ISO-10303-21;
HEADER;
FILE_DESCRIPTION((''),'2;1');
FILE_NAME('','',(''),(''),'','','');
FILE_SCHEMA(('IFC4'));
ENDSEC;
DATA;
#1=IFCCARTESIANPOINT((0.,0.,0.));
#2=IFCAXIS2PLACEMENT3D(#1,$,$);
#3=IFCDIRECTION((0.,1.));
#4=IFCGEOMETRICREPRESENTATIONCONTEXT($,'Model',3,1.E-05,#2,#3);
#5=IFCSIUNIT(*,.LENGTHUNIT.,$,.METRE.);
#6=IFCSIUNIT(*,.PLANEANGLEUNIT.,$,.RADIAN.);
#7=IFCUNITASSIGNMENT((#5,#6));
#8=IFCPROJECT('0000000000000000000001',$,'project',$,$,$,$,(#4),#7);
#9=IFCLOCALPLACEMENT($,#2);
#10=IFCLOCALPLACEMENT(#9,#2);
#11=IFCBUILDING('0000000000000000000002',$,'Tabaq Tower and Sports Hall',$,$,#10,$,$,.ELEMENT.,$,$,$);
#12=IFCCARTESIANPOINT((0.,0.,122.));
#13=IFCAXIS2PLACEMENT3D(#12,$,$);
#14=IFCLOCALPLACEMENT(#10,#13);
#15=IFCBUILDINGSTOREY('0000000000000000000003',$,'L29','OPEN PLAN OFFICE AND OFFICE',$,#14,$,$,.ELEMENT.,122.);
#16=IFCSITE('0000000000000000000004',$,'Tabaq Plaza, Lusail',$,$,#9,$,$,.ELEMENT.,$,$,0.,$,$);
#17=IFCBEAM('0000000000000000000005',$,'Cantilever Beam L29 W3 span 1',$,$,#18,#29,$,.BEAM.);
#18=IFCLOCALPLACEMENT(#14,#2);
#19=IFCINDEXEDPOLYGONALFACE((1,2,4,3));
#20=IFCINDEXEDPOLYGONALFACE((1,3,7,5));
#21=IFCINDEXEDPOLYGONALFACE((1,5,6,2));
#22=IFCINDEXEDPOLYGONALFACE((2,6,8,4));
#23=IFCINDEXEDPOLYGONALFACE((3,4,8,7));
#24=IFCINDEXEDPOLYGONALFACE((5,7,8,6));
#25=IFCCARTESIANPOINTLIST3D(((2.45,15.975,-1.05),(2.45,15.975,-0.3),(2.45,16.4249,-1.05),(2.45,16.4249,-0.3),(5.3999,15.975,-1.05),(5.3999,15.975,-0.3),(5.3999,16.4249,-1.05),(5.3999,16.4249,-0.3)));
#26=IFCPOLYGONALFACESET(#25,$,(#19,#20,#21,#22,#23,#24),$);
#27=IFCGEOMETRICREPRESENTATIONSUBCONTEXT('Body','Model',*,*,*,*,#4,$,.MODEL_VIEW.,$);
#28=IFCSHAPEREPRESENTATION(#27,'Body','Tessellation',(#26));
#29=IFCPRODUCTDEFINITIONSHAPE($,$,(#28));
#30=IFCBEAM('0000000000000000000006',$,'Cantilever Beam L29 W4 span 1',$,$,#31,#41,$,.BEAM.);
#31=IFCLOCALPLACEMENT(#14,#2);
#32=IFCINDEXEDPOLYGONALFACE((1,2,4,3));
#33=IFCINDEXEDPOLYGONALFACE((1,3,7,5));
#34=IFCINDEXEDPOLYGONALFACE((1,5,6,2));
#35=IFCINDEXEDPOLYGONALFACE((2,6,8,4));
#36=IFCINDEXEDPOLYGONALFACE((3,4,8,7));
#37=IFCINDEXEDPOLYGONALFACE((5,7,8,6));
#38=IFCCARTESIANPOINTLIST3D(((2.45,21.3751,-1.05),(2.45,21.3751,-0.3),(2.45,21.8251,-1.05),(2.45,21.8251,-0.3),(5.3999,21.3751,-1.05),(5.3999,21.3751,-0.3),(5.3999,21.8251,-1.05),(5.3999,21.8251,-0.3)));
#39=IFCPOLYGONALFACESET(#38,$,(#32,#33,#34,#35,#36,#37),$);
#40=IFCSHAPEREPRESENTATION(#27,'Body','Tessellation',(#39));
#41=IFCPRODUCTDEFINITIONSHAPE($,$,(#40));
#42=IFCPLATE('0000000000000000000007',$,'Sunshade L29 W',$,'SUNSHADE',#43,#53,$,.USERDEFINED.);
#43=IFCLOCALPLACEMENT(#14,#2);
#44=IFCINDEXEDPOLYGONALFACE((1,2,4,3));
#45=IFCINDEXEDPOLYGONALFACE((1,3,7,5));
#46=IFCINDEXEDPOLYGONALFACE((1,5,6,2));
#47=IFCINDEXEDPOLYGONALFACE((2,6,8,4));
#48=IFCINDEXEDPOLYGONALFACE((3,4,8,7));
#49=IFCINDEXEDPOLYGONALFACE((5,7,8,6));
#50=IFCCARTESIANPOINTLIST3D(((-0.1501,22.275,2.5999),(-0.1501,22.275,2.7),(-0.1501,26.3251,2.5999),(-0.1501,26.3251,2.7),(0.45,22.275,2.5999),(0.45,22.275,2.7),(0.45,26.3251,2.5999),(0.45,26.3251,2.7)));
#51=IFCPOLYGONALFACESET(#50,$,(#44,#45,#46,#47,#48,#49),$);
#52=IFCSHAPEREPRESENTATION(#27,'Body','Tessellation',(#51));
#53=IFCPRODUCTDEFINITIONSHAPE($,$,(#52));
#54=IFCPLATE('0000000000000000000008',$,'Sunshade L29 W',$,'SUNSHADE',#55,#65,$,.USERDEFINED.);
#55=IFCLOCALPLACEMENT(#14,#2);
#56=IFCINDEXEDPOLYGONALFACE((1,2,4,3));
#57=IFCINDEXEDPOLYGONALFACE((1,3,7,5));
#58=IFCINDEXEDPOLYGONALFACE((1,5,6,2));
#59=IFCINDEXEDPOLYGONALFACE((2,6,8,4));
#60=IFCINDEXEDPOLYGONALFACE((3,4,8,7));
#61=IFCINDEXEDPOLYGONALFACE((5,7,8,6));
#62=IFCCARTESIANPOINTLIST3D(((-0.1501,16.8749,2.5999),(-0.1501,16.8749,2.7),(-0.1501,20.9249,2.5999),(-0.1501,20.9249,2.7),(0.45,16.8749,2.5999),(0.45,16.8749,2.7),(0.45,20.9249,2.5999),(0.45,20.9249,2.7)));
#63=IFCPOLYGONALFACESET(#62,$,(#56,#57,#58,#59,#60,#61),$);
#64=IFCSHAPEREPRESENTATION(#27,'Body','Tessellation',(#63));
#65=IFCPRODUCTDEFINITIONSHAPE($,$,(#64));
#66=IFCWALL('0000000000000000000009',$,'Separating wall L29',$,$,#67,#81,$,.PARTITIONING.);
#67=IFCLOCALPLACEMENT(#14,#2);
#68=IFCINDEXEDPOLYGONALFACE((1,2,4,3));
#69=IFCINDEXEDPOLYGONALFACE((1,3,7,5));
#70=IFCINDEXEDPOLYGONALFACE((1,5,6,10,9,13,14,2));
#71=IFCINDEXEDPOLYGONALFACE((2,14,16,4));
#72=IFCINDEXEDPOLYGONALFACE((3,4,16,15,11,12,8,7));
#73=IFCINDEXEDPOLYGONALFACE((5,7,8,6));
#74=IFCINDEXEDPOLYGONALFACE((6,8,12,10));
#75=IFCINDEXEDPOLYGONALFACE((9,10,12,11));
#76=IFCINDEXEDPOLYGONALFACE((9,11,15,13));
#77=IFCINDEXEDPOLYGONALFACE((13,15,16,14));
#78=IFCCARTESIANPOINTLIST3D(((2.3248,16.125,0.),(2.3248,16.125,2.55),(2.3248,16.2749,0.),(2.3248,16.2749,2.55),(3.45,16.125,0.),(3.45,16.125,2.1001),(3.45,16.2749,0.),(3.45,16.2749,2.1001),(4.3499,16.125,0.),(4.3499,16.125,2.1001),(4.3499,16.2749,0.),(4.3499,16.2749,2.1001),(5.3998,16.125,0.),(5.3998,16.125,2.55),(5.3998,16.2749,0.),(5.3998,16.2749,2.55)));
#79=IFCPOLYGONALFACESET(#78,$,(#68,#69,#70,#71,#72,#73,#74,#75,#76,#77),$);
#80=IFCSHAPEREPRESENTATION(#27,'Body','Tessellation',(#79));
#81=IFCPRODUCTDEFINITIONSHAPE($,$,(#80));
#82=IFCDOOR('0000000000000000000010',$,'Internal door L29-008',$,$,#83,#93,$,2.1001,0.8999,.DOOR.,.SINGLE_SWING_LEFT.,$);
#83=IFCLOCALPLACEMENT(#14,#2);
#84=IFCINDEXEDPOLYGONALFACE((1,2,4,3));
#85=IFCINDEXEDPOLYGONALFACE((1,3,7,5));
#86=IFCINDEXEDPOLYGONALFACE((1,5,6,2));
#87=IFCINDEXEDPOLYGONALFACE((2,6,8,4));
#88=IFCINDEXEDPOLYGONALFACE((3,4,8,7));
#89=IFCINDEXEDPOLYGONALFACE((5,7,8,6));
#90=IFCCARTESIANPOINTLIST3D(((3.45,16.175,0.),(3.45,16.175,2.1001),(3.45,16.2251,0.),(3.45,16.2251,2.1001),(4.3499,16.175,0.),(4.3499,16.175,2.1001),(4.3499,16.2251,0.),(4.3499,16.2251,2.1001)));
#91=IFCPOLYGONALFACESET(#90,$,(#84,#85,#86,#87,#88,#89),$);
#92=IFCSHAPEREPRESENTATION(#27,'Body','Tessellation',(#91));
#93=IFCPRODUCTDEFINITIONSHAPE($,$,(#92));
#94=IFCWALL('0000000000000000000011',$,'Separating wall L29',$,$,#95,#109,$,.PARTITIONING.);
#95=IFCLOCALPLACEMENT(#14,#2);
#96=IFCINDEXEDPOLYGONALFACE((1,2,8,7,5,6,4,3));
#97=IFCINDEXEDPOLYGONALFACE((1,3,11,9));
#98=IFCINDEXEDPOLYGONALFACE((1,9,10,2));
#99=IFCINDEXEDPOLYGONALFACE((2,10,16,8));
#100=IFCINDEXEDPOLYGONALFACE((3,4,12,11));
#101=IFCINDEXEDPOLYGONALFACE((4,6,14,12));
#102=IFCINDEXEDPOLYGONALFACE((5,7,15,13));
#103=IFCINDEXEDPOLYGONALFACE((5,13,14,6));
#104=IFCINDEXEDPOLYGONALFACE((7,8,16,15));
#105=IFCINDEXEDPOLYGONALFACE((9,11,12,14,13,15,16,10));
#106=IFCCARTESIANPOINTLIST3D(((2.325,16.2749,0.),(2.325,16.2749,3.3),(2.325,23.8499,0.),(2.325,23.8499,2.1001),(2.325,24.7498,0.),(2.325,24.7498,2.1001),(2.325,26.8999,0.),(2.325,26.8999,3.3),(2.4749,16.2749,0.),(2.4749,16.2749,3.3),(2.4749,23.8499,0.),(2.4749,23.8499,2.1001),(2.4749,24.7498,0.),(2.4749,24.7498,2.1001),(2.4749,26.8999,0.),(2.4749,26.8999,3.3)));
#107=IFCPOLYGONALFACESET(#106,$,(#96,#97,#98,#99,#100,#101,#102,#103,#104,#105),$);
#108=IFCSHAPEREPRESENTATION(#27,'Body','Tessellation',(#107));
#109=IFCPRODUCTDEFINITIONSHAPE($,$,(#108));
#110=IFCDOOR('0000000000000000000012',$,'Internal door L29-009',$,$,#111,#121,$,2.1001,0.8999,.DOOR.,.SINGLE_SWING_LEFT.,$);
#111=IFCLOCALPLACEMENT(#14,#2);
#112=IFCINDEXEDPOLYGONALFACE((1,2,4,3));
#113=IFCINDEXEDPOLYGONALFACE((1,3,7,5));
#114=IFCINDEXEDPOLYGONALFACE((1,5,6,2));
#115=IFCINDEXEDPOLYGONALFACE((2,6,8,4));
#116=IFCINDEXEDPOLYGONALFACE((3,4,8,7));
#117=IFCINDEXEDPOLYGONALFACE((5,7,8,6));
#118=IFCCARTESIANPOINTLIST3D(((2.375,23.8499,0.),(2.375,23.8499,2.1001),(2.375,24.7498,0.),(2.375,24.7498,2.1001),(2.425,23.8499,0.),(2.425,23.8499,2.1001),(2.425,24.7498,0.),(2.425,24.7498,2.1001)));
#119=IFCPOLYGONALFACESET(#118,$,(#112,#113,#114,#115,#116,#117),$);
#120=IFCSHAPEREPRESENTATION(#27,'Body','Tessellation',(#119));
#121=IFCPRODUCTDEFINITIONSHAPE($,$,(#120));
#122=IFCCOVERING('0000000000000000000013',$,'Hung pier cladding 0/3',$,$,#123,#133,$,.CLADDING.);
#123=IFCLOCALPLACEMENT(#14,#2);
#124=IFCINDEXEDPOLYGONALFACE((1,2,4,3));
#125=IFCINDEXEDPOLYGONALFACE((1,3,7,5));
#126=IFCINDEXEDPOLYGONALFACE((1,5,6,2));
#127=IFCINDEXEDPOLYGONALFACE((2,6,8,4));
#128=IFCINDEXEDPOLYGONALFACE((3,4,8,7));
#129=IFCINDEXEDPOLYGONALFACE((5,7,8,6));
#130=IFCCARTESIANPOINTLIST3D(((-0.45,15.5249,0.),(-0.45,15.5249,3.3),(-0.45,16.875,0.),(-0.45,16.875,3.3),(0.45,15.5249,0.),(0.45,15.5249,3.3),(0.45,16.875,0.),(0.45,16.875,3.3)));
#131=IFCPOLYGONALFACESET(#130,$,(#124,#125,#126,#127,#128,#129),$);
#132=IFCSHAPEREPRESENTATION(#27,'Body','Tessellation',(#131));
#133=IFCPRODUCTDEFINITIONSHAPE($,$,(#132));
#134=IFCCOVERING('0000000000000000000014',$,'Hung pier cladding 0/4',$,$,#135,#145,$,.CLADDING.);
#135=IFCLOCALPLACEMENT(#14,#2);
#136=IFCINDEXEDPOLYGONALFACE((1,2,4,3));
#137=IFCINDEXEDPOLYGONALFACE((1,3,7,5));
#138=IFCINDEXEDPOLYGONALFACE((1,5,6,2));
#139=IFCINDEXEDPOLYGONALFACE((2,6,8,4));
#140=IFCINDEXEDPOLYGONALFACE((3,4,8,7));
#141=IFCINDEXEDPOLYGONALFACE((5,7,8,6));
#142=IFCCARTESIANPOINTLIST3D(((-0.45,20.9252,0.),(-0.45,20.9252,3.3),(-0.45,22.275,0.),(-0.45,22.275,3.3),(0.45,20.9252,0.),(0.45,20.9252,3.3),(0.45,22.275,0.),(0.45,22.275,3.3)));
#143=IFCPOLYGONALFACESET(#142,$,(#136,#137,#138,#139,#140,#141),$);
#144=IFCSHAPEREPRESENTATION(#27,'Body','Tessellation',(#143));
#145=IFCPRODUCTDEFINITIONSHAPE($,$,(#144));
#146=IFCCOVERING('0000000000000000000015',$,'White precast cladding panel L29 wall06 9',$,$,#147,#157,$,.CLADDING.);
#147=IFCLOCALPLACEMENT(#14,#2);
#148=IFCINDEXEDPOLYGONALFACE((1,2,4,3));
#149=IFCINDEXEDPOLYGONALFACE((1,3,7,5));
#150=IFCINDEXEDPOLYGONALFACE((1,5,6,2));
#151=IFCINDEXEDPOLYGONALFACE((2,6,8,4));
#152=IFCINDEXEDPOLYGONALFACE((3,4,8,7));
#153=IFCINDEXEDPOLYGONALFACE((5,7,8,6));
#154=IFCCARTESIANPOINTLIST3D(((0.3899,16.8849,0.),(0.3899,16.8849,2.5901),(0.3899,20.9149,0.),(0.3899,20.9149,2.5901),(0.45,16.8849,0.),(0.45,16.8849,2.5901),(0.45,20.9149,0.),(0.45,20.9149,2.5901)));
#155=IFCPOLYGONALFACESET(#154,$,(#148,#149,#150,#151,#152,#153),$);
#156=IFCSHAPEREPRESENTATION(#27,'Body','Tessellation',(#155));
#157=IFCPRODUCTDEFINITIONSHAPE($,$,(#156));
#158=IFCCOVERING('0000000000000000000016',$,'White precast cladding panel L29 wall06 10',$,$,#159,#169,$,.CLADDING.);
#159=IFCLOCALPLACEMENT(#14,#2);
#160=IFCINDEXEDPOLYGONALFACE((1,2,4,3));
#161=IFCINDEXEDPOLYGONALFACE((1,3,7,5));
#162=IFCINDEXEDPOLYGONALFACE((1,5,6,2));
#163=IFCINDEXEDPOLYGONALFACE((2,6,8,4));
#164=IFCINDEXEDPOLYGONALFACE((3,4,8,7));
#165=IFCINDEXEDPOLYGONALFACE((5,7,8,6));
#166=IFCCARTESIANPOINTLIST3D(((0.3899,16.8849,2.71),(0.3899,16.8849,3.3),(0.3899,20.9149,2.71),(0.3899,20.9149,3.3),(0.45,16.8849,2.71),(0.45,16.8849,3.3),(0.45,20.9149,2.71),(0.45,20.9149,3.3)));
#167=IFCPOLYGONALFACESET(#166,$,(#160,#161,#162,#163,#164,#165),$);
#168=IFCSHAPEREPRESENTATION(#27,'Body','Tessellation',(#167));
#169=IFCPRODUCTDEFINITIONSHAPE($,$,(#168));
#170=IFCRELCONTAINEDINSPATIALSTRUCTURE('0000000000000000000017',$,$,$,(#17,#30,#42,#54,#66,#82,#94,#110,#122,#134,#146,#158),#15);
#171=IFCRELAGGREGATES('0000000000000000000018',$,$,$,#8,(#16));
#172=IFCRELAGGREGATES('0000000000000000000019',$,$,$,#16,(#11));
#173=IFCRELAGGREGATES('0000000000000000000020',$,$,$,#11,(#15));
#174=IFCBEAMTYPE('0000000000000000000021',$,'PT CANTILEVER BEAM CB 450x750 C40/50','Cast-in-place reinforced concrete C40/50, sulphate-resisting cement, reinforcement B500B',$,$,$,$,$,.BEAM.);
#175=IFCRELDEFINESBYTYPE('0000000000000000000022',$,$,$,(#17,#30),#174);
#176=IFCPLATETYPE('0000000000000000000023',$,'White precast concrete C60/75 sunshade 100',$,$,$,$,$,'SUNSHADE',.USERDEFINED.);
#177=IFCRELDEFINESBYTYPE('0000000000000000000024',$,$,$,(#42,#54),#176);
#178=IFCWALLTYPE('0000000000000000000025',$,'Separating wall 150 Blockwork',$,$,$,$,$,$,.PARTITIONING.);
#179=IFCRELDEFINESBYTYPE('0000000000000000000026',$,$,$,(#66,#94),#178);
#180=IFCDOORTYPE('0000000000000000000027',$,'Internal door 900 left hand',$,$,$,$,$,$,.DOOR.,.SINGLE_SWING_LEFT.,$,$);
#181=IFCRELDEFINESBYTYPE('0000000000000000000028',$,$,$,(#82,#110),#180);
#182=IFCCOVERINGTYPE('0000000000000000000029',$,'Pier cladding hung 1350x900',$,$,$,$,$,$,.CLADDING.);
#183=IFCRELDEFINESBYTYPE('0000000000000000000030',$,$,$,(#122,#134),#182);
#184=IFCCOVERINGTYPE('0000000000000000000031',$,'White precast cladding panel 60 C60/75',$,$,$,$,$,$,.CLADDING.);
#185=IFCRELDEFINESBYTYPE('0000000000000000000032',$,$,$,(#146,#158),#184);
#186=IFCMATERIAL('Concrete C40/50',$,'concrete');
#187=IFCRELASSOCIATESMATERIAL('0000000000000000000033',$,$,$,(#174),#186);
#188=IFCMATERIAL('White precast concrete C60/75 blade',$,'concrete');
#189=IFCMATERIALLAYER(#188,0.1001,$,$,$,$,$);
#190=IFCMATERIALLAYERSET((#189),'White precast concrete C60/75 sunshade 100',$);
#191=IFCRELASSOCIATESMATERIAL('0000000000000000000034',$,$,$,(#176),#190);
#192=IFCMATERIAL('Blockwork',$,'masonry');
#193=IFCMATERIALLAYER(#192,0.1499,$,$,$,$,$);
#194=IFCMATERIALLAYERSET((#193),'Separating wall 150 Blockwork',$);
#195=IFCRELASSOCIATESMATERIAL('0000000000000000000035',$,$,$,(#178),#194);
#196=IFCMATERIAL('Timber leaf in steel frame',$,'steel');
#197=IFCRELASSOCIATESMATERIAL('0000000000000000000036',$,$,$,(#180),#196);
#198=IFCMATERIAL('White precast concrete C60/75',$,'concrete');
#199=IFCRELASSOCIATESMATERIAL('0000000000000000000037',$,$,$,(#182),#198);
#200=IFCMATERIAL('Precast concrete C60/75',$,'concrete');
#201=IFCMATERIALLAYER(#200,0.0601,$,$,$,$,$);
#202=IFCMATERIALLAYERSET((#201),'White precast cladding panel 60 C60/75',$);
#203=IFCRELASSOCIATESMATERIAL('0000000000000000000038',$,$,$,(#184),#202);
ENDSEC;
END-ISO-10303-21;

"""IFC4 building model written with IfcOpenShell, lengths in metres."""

from ifc_helpers import new_model, si_unit, direction, frame, frame_2d, origin, origin_2d, place, context, subcontext, project, spatial, rectangle, extrude, material, layer, layer_set, material_profile, profile_set, type_object, element, fill, save


model = new_model("IFC4")

# Units and contexts
model_context = context("Model", 3, precision=1e-05, world=origin(), true_north=direction((0.0, 1.0)))
body_context = subcontext(model_context, "Body", "Model", "MODEL_VIEW")
ifc_project = project(units=[si_unit("LENGTHUNIT", "METRE"), si_unit("PLANEANGLEUNIT", "RADIAN")], contexts=[model_context])

# Site, building, storey
site_placement = place(None, origin())
site = spatial("IfcSite", under=ifc_project, at=site_placement, Name="Tabaq Plaza, Lusail", CompositionType="ELEMENT", RefElevation=0.0)
building_placement = place(site_placement, origin())
building = spatial("IfcBuilding", under=site, at=building_placement, Name="Tabaq Tower and Sports Hall", CompositionType="ELEMENT")
storey_placement = place(building_placement, frame((0.0, 0.0, 122.0)))
storey = spatial("IfcBuildingStorey", under=building, at=storey_placement, Name="L29", Description="OPEN PLAN OFFICE AND OFFICE", CompositionType="ELEMENT", Elevation=122.0)

# Beams
ifc_material_1 = material(Name="Concrete C40/50", Category="concrete")
ifc_material_profile = material_profile(ifc_material_1, rectangle(XDim=0.45, YDim=0.75, at=origin_2d()), Name="CB 450x750")
ifc_profile_set = profile_set([ifc_material_profile], Name="Concrete C40/50")
beam_type = type_object("IfcBeamType", Name="PT CANTILEVER BEAM CB 450x750 C40/50", Description="Cast-in-place reinforced concrete C40/50, sulphate-resisting cement, reinforcement B500B", PredefinedType="BEAM", material=ifc_profile_set)
for number, where, z_axis, x_axis, name in (
    (1, (2.45, 16.2, -0.675), (1.0, 0.0, 0.0), (0.0, 1.0, 0.0), "Cantilever Beam L29 W3 span 1"),
    (2, (2.45, 21.6001, -0.675), (1.0, 0.0, 0.0), (0.0, 1.0, 0.0), "Cantilever Beam L29 W4 span 1"),
):
    element("IfcBeam", number, at=place(storey_placement, frame(where, z_axis=z_axis, x_axis=x_axis)), inside=storey, type_object=beam_type, Name=name, PredefinedType="BEAM", context=body_context, shape_type="SweptSolid", body=[
        extrude(rectangle(XDim=0.45, YDim=0.75, at=origin_2d()), origin(), (0.0, 0.0, 1.0), 2.95),
    ])

# Plates
ifc_material_2 = material(Name="White precast concrete C60/75 blade", Category="concrete")
ifc_layer_1 = layer(ifc_material_2, 0.1001)
ifc_layer_set_1 = layer_set([ifc_layer_1], Name="White precast concrete C60/75 sunshade 100")
plate_type = type_object("IfcPlateType", Name="White precast concrete C60/75 sunshade 100", ElementType="SUNSHADE", PredefinedType="USERDEFINED", material=ifc_layer_set_1)
for number, where, z_axis, x_axis, name in (
    (3, (0.1499, 24.3, 2.5999), (0.0, 0.0, 1.0), (0.0, -1.0, 0.0), "Sunshade L29 W"),
    (4, (0.1499, 18.8999, 2.5999), (0.0, 0.0, 1.0), (0.0, -1.0, 0.0), "Sunshade L29 W"),
):
    element("IfcPlate", number, at=place(storey_placement, frame(where, z_axis=z_axis, x_axis=x_axis)), inside=storey, type_object=plate_type, Name=name, ObjectType="SUNSHADE", PredefinedType="USERDEFINED", context=body_context, shape_type="SweptSolid", body=[
        extrude(rectangle(XDim=4.05, YDim=0.6001, at=origin_2d()), origin(), (0.0, 0.0, 1.0), 0.1001),
    ])

# Walls, openings, doors
ifc_material_3 = material(Name="Blockwork", Category="masonry")
ifc_layer_2 = layer(ifc_material_3, 0.1499)
ifc_layer_set_2 = layer_set([ifc_layer_2], Name="Separating wall 150 Blockwork")
wall_type = type_object("IfcWallType", Name="Separating wall 150 Blockwork", PredefinedType="PARTITIONING", material=ifc_layer_set_2)
wall_1_placement = place(storey_placement, frame((5.3999, 16.2, 0.0), z_axis=(0.0, 0.0, 1.0), x_axis=(-1.0, 0.0, 0.0)))
wall_1 = element("IfcWall", 5, at=wall_1_placement, inside=storey, type_object=wall_type, Name="Separating wall L29", PredefinedType="PARTITIONING", context=body_context, shape_type="SweptSolid", body=[
    extrude(rectangle(XDim=3.075, YDim=0.1499, at=frame_2d((1.5376, 0.0))), origin(), (0.0, 0.0, 1.0), 2.55),
])
opening_1_placement = place(wall_1_placement, frame((1.05, 0.0, 0.0)))
opening_1 = element("IfcOpeningElement", 6, at=opening_1_placement, cuts=wall_1, PredefinedType="OPENING", context=body_context, shape_type="SweptSolid", body=[
    extrude(rectangle(XDim=0.8999, YDim=2.1001, at=frame_2d((0.45, 1.05))), frame((0.0, 0.075, 0.0), z_axis=(0.0, -1.0, 0.0), x_axis=(1.0, 0.0, 0.0)), (0.0, 0.0, 1.0), 0.1499),
])
ifc_material_4 = material(Name="Timber leaf in steel frame", Category="steel")
door_type = type_object("IfcDoorType", Name="Internal door 900 left hand", OperationType="SINGLE_SWING_LEFT", PredefinedType="DOOR", material=ifc_material_4)
door_1_placement = place(opening_1_placement, origin())
door_1 = element("IfcDoor", 7, at=door_1_placement, inside=storey, type_object=door_type, Name="Internal door L29-008", OperationType="SINGLE_SWING_LEFT", OverallHeight=2.1001, OverallWidth=0.8999, PredefinedType="DOOR", context=body_context, shape_type="SweptSolid", body=[
    extrude(rectangle(XDim=0.8999, YDim=2.1001, at=frame_2d((0.45, 1.05))), frame((0.0, 0.0249, 0.0), z_axis=(0.0, -1.0, 0.0), x_axis=(1.0, 0.0, 0.0)), (0.0, 0.0, 1.0), 0.05),
])
fill(opening_1, door_1)
wall_2_placement = place(storey_placement, frame((2.3999, 16.2749, 0.0), z_axis=(0.0, 0.0, 1.0), x_axis=(0.0, 1.0, 0.0)))
wall_2 = element("IfcWall", 8, at=wall_2_placement, inside=storey, type_object=wall_type, Name="Separating wall L29", PredefinedType="PARTITIONING", context=body_context, shape_type="SweptSolid", body=[
    extrude(rectangle(XDim=10.625, YDim=0.1499, at=frame_2d((5.3125, 0.0))), origin(), (0.0, 0.0, 1.0), 3.3),
])
opening_2_placement = place(wall_2_placement, frame((7.575, 0.0, 0.0)))
opening_2 = element("IfcOpeningElement", 9, at=opening_2_placement, cuts=wall_2, PredefinedType="OPENING", context=body_context, shape_type="SweptSolid", body=[
    extrude(rectangle(XDim=0.8999, YDim=2.1001, at=frame_2d((0.45, 1.05))), frame((0.0, 0.075, 0.0), z_axis=(0.0, -1.0, 0.0), x_axis=(1.0, 0.0, 0.0)), (0.0, 0.0, 1.0), 0.1499),
])
door_2_placement = place(opening_2_placement, origin())
door_2 = element("IfcDoor", 10, at=door_2_placement, inside=storey, type_object=door_type, Name="Internal door L29-009", OperationType="SINGLE_SWING_LEFT", OverallHeight=2.1001, OverallWidth=0.8999, PredefinedType="DOOR", context=body_context, shape_type="SweptSolid", body=[
    extrude(rectangle(XDim=0.8999, YDim=2.1001, at=frame_2d((0.45, 1.05))), frame((0.0, 0.0249, 0.0), z_axis=(0.0, -1.0, 0.0), x_axis=(1.0, 0.0, 0.0)), (0.0, 0.0, 1.0), 0.05),
])
fill(opening_2, door_2)

# Coverings
ifc_material_5 = material(Name="White precast concrete C60/75", Category="concrete")
covering_type_1 = type_object("IfcCoveringType", Name="Pier cladding hung 1350x900", PredefinedType="CLADDING", material=ifc_material_5)
covering_1_placement = place(storey_placement, frame((0.0, 16.875, 0.0), z_axis=(0.0, 0.0, 1.0), x_axis=(0.0, -1.0, 0.0)))
element("IfcCovering", 11, at=covering_1_placement, inside=storey, type_object=covering_type_1, Name="Hung pier cladding 0/3", PredefinedType="CLADDING", context=body_context, shape_type="SweptSolid", body=[
    extrude(rectangle(XDim=1.3501, YDim=0.8999, at=frame_2d((0.675, 0.0))), origin(), (0.0, 0.0, 1.0), 3.3),
])
covering_2_placement = place(storey_placement, frame((0.0, 22.2749, 0.0), z_axis=(0.0, 0.0, 1.0), x_axis=(0.0, -1.0, 0.0)))
element("IfcCovering", 12, at=covering_2_placement, inside=storey, type_object=covering_type_1, Name="Hung pier cladding 0/4", PredefinedType="CLADDING", context=body_context, shape_type="SweptSolid", body=[
    extrude(rectangle(XDim=1.3499, YDim=0.8999, at=frame_2d((0.6748, 0.0))), origin(), (0.0, 0.0, 1.0), 3.3),
])
ifc_material_6 = material(Name="Precast concrete C60/75", Category="concrete")
ifc_layer_3 = layer(ifc_material_6, 0.0601)
ifc_layer_set_3 = layer_set([ifc_layer_3], Name="White precast cladding panel 60 C60/75")
covering_type_2 = type_object("IfcCoveringType", Name="White precast cladding panel 60 C60/75", PredefinedType="CLADDING", material=ifc_layer_set_3)
covering_3_placement = place(storey_placement, frame((0.4199, 20.915, 0.0), z_axis=(0.0, 0.0, 1.0), x_axis=(0.0, -1.0, 0.0)))
element("IfcCovering", 13, at=covering_3_placement, inside=storey, type_object=covering_type_2, Name="White precast cladding panel L29 wall06 9", PredefinedType="CLADDING", context=body_context, shape_type="SweptSolid", body=[
    extrude(rectangle(XDim=4.03, YDim=0.0601, at=frame_2d((2.0151, 0.0))), origin(), (0.0, 0.0, 1.0), 2.5901),
])
covering_4_placement = place(storey_placement, frame((0.4199, 20.915, 2.71), z_axis=(0.0, 0.0, 1.0), x_axis=(0.0, -1.0, 0.0)))
element("IfcCovering", 14, at=covering_4_placement, inside=storey, type_object=covering_type_2, Name="White precast cladding panel L29 wall06 10", PredefinedType="CLADDING", context=body_context, shape_type="SweptSolid", body=[
    extrude(rectangle(XDim=4.03, YDim=0.0601, at=frame_2d((2.0151, 0.0))), origin(), (0.0, 0.0, 1.0), 0.5901),
])

save(model, "model.ifc")
